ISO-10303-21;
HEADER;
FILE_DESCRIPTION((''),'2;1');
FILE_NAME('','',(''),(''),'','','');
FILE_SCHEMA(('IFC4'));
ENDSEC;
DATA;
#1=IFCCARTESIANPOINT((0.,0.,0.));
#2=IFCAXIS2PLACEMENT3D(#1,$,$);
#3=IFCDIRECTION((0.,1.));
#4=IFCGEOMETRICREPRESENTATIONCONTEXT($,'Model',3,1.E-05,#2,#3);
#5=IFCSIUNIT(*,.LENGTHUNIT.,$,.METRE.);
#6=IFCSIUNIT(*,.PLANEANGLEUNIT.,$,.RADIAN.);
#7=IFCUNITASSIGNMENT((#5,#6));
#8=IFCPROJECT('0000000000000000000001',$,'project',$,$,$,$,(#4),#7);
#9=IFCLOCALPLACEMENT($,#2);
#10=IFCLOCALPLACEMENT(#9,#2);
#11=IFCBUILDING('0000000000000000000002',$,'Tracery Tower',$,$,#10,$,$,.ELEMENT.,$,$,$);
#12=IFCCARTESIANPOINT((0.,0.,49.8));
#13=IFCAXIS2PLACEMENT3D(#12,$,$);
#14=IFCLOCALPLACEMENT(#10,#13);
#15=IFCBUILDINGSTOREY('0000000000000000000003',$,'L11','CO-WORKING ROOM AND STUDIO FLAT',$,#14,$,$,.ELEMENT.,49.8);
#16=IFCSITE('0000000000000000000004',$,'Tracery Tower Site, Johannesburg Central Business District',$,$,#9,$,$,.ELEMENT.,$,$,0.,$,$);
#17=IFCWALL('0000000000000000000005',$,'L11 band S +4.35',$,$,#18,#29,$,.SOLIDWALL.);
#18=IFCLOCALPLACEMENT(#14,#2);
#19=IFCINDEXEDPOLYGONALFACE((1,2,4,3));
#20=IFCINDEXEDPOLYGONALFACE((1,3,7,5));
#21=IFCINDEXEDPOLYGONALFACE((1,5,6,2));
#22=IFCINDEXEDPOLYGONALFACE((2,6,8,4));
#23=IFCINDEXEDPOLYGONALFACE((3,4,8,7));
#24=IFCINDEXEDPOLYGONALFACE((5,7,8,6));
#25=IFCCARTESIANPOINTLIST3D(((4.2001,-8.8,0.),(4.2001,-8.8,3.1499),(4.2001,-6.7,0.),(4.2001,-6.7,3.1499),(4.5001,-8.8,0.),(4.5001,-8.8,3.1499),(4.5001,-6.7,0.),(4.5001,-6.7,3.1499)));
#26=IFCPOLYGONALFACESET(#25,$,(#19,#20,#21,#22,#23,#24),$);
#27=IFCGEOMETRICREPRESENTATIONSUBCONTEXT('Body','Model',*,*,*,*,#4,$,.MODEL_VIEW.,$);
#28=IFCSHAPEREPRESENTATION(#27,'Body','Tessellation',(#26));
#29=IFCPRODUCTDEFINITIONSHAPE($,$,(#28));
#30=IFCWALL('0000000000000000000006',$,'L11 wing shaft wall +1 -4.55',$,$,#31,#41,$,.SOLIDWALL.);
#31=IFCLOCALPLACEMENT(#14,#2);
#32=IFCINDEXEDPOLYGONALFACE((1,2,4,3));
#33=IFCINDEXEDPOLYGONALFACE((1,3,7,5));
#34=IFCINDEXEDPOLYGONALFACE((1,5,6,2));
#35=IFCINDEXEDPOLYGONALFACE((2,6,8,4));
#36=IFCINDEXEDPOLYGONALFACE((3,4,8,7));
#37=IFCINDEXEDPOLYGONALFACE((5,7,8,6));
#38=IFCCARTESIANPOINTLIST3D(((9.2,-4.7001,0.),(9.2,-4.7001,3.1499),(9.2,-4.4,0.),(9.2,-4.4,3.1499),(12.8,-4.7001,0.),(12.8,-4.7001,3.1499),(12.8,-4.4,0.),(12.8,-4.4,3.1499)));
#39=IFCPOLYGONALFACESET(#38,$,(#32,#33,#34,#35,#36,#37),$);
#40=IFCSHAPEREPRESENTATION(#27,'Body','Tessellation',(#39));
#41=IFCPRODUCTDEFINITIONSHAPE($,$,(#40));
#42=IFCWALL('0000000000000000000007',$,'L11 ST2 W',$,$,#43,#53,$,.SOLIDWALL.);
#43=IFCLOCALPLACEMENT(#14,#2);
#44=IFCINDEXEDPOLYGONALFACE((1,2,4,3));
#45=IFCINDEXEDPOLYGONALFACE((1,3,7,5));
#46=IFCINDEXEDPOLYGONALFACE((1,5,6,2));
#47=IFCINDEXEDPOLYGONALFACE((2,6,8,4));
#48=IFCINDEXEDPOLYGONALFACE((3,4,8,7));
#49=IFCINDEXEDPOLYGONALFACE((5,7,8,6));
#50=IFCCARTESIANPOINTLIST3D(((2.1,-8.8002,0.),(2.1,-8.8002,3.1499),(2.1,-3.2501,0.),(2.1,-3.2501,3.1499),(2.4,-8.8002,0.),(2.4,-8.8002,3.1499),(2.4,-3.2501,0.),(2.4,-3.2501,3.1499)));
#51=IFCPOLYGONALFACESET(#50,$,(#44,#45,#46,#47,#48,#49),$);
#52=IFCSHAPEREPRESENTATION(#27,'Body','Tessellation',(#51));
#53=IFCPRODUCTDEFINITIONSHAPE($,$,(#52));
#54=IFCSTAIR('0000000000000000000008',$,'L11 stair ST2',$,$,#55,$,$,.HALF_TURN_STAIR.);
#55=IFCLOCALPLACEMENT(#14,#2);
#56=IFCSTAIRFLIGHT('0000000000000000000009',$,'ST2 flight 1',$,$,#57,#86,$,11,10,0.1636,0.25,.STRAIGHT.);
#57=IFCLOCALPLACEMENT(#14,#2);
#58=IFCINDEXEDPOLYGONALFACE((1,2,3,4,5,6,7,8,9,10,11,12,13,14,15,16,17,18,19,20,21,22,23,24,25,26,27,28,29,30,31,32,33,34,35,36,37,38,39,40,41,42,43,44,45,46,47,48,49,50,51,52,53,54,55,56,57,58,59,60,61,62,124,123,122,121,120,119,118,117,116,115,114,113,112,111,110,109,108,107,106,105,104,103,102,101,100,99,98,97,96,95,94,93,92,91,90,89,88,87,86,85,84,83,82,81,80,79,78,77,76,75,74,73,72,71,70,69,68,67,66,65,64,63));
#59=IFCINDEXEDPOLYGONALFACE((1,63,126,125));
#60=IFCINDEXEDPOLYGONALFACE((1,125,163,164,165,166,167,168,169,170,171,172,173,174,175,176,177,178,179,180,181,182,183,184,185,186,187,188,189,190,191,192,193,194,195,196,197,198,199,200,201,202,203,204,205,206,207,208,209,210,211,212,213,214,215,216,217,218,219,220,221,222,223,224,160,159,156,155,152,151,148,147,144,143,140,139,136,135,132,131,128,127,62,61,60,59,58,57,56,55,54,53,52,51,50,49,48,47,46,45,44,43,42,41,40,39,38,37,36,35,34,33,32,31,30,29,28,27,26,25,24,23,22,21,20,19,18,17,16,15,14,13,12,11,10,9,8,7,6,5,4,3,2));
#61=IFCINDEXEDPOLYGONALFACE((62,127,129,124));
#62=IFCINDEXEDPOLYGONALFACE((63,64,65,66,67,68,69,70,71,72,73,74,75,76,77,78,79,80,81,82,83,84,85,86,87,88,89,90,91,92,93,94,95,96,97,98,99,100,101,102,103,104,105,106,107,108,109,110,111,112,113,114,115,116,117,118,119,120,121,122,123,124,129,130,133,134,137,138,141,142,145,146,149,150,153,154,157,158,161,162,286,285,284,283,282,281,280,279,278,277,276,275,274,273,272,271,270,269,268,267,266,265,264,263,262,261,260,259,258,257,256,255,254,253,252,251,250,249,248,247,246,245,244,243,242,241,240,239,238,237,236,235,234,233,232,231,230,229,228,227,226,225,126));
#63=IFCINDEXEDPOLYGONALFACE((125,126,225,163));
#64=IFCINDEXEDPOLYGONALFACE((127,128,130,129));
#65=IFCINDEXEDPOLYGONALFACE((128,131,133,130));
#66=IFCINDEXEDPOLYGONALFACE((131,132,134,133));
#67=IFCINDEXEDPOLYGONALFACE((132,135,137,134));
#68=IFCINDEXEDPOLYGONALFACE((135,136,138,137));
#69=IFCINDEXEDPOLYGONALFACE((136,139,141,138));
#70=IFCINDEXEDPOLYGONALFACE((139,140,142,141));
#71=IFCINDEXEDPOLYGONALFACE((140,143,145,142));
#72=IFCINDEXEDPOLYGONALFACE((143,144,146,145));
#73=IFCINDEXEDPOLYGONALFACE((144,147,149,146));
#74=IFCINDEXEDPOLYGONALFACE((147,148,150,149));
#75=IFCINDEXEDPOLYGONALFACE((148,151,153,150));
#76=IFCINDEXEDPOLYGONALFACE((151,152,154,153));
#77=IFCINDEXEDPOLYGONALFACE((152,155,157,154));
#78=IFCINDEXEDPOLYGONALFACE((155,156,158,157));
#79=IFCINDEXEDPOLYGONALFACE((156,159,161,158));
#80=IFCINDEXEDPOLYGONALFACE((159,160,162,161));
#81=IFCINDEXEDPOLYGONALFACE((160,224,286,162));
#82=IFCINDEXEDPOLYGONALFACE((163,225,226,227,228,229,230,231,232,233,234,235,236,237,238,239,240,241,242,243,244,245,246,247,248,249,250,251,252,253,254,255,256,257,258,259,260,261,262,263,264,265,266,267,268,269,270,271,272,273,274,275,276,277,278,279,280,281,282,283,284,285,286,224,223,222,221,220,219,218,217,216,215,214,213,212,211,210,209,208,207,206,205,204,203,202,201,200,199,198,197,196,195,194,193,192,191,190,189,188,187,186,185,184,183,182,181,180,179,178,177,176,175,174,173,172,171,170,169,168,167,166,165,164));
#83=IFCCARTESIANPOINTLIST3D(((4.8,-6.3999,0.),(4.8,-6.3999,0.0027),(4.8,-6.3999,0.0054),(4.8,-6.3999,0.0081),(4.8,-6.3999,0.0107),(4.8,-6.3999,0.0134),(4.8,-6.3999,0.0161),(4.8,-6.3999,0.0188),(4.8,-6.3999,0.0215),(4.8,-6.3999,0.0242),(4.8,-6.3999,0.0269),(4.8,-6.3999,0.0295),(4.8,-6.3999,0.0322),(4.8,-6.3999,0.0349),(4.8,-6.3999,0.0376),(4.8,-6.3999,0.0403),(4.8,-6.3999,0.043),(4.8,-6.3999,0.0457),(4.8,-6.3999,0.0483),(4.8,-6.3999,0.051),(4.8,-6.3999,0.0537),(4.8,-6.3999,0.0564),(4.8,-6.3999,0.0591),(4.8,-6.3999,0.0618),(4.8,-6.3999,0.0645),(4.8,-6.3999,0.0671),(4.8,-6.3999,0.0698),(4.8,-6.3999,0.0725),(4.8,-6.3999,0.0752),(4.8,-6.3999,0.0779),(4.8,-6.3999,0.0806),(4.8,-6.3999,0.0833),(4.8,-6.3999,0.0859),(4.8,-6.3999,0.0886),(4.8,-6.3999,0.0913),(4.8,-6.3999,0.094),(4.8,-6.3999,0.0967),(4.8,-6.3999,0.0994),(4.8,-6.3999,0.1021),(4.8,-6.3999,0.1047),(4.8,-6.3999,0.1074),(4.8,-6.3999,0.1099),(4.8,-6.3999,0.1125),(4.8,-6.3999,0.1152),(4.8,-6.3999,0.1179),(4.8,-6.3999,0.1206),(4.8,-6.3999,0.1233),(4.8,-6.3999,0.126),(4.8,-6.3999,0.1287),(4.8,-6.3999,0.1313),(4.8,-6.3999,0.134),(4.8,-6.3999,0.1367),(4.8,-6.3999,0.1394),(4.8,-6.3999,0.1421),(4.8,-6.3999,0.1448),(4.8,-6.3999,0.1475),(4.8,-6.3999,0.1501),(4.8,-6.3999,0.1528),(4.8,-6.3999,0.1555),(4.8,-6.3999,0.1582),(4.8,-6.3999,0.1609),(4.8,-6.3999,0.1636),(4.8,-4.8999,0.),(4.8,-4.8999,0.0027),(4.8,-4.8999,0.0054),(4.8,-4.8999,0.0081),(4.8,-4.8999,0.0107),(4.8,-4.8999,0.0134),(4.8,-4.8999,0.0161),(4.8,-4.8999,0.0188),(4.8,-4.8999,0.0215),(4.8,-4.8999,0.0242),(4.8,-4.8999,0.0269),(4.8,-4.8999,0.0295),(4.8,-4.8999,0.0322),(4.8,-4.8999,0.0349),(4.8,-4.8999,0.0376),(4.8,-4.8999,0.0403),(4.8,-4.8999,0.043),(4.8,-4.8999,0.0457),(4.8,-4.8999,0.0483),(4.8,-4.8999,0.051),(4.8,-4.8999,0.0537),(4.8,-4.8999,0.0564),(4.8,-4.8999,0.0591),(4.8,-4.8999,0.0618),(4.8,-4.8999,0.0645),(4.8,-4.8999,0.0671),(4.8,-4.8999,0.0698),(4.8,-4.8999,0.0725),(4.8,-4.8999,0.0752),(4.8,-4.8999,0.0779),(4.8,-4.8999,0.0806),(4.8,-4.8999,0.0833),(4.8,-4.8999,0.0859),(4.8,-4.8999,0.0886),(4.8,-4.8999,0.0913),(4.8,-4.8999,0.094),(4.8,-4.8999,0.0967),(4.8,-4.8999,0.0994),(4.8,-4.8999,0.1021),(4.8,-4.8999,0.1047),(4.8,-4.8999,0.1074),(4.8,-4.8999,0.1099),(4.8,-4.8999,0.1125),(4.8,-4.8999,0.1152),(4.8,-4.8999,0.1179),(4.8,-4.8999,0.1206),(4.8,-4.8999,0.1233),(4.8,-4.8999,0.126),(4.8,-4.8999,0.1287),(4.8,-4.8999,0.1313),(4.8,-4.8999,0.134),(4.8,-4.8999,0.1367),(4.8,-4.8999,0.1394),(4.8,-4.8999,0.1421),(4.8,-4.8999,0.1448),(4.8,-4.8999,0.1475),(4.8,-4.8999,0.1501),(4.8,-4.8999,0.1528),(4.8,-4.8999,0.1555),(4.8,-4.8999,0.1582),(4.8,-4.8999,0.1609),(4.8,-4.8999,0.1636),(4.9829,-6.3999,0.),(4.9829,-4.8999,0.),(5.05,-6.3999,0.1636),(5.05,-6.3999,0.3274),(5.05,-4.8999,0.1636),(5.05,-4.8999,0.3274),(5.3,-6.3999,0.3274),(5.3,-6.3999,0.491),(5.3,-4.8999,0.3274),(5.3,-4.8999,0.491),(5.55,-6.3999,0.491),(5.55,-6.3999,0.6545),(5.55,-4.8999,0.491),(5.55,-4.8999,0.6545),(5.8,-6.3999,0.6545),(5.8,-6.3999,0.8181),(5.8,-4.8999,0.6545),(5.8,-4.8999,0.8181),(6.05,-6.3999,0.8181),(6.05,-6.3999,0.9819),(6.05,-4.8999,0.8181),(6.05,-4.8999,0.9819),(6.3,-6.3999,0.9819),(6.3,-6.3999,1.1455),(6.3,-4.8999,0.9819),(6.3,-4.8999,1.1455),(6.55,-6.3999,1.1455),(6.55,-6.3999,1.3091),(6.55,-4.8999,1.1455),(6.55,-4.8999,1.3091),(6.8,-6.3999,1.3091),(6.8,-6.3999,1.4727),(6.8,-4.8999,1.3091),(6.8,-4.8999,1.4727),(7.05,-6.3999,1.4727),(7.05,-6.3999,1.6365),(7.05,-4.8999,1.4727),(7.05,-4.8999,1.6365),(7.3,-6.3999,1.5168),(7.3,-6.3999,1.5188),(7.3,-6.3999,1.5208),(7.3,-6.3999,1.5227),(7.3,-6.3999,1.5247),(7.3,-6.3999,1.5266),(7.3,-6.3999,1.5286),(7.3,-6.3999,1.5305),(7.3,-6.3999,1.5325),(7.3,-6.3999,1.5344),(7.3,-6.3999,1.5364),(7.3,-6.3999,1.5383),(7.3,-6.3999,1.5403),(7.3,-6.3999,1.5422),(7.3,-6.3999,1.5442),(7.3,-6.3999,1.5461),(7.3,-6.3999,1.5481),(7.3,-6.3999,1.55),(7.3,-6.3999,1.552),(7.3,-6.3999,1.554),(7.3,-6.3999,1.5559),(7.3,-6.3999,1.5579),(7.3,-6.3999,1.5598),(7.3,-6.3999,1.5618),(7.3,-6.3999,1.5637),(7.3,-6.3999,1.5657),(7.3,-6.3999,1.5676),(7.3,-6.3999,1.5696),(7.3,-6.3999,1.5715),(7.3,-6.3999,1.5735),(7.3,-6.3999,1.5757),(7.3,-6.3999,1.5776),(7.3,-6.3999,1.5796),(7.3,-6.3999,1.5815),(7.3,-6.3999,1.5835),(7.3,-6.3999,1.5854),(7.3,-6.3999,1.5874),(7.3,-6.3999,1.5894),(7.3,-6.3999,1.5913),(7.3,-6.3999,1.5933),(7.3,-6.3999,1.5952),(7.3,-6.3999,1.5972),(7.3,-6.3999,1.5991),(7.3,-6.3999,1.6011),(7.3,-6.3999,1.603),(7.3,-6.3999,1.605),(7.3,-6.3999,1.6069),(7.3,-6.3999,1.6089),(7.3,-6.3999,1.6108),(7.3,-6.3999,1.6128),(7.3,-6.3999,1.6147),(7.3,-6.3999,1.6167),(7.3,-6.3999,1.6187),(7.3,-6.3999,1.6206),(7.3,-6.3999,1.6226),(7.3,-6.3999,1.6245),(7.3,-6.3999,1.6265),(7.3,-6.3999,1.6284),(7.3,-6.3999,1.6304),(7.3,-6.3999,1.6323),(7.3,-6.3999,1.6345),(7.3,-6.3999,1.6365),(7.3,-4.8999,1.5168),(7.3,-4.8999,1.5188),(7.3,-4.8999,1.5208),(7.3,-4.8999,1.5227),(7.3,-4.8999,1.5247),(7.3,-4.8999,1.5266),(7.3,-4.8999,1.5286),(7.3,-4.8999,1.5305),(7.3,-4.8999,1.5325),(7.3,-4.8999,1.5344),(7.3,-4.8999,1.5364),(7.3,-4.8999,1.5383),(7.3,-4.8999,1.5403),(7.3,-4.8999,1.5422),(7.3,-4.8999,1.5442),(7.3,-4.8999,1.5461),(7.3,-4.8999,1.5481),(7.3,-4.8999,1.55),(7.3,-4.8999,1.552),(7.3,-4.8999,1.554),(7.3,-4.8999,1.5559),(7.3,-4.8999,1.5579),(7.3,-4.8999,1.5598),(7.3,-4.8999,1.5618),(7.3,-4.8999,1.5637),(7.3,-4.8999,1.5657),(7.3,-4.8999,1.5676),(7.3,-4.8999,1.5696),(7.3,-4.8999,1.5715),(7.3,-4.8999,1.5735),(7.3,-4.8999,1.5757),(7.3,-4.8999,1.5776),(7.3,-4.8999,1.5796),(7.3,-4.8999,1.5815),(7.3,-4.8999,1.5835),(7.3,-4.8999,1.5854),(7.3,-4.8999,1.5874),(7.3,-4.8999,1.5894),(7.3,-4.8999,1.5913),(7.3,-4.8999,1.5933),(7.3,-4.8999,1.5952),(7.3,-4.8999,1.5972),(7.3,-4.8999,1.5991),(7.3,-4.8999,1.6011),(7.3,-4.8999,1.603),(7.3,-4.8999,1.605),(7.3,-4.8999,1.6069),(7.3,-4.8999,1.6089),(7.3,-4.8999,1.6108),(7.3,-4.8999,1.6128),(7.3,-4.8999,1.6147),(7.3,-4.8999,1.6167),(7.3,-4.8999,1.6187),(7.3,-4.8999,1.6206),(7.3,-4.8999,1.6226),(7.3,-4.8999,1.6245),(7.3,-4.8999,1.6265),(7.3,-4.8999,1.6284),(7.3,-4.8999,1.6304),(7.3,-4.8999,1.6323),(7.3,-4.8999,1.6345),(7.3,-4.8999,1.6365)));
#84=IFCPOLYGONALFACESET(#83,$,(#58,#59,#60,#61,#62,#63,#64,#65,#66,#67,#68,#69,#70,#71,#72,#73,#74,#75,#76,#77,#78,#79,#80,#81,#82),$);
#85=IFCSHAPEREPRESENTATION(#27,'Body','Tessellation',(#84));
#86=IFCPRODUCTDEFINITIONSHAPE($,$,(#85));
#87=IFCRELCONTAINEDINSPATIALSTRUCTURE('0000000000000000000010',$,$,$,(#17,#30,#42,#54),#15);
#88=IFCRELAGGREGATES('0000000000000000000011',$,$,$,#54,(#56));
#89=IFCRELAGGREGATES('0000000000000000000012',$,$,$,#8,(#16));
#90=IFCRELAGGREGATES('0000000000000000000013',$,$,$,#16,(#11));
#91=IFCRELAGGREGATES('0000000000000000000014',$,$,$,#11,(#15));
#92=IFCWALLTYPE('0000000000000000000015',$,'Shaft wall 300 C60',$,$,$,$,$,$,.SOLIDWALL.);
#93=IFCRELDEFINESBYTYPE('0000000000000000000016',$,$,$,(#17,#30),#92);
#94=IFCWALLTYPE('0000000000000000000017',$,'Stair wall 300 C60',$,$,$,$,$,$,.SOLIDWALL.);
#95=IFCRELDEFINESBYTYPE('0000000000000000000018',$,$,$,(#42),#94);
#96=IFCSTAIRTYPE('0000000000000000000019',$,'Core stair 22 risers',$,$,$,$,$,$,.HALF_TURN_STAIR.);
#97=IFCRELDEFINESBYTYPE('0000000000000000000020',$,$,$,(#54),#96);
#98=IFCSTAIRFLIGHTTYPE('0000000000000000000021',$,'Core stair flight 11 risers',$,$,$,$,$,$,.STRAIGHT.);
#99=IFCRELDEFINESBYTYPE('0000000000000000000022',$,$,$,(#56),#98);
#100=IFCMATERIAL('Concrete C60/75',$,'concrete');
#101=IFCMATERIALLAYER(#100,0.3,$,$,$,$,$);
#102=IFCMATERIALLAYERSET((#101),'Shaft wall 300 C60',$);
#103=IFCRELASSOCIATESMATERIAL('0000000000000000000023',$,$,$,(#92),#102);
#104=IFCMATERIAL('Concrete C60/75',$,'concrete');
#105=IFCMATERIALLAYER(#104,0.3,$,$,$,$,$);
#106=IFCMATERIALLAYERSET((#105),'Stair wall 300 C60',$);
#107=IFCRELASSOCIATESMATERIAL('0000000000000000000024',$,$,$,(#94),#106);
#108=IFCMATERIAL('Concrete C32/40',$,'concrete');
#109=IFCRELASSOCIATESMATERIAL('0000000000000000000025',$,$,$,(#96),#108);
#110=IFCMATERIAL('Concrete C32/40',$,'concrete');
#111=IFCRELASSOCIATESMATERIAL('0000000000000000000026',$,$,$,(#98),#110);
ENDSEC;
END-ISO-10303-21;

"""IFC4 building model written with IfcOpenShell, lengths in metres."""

from ifc_helpers import new_model, si_unit, direction, frame, frame_2d, origin, place, context, subcontext, project, spatial, polyline, rectangle, outline, extrude, material, layer, layer_set, type_object, element, aggregate, save


model = new_model("IFC4")

# Units and contexts
model_context = context("Model", 3, precision=1e-05, world=origin(), true_north=direction((0.0, 1.0)))
body_context = subcontext(model_context, "Body", "Model", "MODEL_VIEW")
ifc_project = project(units=[si_unit("LENGTHUNIT", "METRE"), si_unit("PLANEANGLEUNIT", "RADIAN")], contexts=[model_context])

# Site, building, storey
site_placement = place(None, origin())
site = spatial("IfcSite", under=ifc_project, at=site_placement, Name="Tracery Tower Site, Johannesburg Central Business District", CompositionType="ELEMENT", RefElevation=0.0)
building_placement = place(site_placement, origin())
building = spatial("IfcBuilding", under=site, at=building_placement, Name="Tracery Tower", CompositionType="ELEMENT")
storey_placement = place(building_placement, frame((0.0, 0.0, 49.8)))
storey = spatial("IfcBuildingStorey", under=building, at=storey_placement, Name="L11", Description="CO-WORKING ROOM AND STUDIO FLAT", CompositionType="ELEMENT", Elevation=49.8)

# Walls
ifc_material_1 = material(Name="Concrete C60/75", Category="concrete")
ifc_layer_1 = layer(ifc_material_1, 0.3)
ifc_layer_set_1 = layer_set([ifc_layer_1], Name="Shaft wall 300 C60")
wall_type_1 = type_object("IfcWallType", Name="Shaft wall 300 C60", PredefinedType="SOLIDWALL", material=ifc_layer_set_1)
wall_1_placement = place(storey_placement, frame((4.3501, -8.8, 0.0), z_axis=(0.0, 0.0, 1.0), x_axis=(0.0, 1.0, 0.0)))
element("IfcWall", 1, at=wall_1_placement, inside=storey, type_object=wall_type_1, Name="L11 band S +4.35", PredefinedType="SOLIDWALL", context=body_context, shape_type="SweptSolid", body=[
    extrude(rectangle(XDim=2.1001, YDim=0.3, at=frame_2d((1.05, 0.0))), origin(), (0.0, 0.0, 1.0), 3.1499),
])
wall_2_placement = place(storey_placement, frame((9.2, -4.55, 0.0), z_axis=(0.0, 0.0, 1.0), x_axis=(1.0, 0.0, 0.0)))
element("IfcWall", 2, at=wall_2_placement, inside=storey, type_object=wall_type_1, Name="L11 wing shaft wall +1 -4.55", PredefinedType="SOLIDWALL", context=body_context, shape_type="SweptSolid", body=[
    extrude(rectangle(XDim=3.6001, YDim=0.3, at=frame_2d((1.8, 0.0))), origin(), (0.0, 0.0, 1.0), 3.1499),
])

# Shared definitions
ifc_material_2 = material(Name="Concrete C60/75", Category="concrete")
ifc_layer_2 = layer(ifc_material_2, 0.3)
ifc_layer_set_2 = layer_set([ifc_layer_2], Name="Stair wall 300 C60")
wall_type_2 = type_object("IfcWallType", Name="Stair wall 300 C60", PredefinedType="SOLIDWALL", material=ifc_layer_set_2)

# Wall
wall_3_placement = place(storey_placement, frame((2.25, -8.8, 0.0), z_axis=(0.0, 0.0, 1.0), x_axis=(0.0, 1.0, 0.0)))
element("IfcWall", 3, at=wall_3_placement, inside=storey, type_object=wall_type_2, Name="L11 ST2 W", PredefinedType="SOLIDWALL", context=body_context, shape_type="SweptSolid", body=[
    extrude(rectangle(XDim=5.55, YDim=0.3, at=frame_2d((2.7749, 0.0))), origin(), (0.0, 0.0, 1.0), 3.1499),
])

# Stair, stair flight
ifc_material_3 = material(Name="Concrete C32/40", Category="concrete")
stair_type = type_object("IfcStairType", Name="Core stair 22 risers", PredefinedType="HALF_TURN_STAIR", material=ifc_material_3)
stair_placement = place(storey_placement, origin())
stair = element("IfcStair", 4, at=stair_placement, inside=storey, type_object=stair_type, Name="L11 stair ST2", PredefinedType="HALF_TURN_STAIR")
ifc_material_4 = material(Name="Concrete C32/40", Category="concrete")
stair_flight_type = type_object("IfcStairFlightType", Name="Core stair flight 11 risers", PredefinedType="STRAIGHT", material=ifc_material_4)
stair_flight_1_placement = place(storey_placement, frame((4.8, -5.6499, 0.0), z_axis=(0.0, 0.0, 1.0), x_axis=(1.0, 0.0, 0.0)))
stair_flight_1 = element("IfcStairFlight", 5, at=stair_flight_1_placement, type_object=stair_flight_type, Name="ST2 flight 1", NumberOfRisers=11, NumberOfTreads=10, PredefinedType="STRAIGHT", RiserHeight=0.1636, TreadLength=0.25, context=body_context, shape_type="SweptSolid", body=[
    extrude(outline(polyline([(0.0, 0.0), (0.0, 0.0027), (0.0, 0.0054), (0.0, 0.0081), (0.0, 0.0107), (0.0, 0.0134), (0.0, 0.0161), (0.0, 0.0188), (0.0, 0.0215), (0.0, 0.0242), (0.0, 0.0269), (0.0, 0.0295), (0.0, 0.0322), (0.0, 0.0349), (0.0, 0.0376), (0.0, 0.0403), (0.0, 0.043), (0.0, 0.0457), (0.0, 0.0483), (0.0, 0.051), (0.0, 0.0537), (0.0, 0.0564), (0.0, 0.0591), (0.0, 0.0618), (0.0, 0.0645), (0.0, 0.0671), (0.0, 0.0698), (0.0, 0.0725), (0.0, 0.0752), (0.0, 0.0779), (0.0, 0.0806), (0.0, 0.0833), (0.0, 0.0859), (0.0, 0.0886), (0.0, 0.0913), (0.0, 0.094), (0.0, 0.0967), (0.0, 0.0994), (0.0, 0.1021), (0.0, 0.1047), (0.0, 0.1074), (0.0, 0.1099), (0.0, 0.1125), (0.0, 0.1152), (0.0, 0.1179), (0.0, 0.1206), (0.0, 0.1233), (0.0, 0.126), (0.0, 0.1287), (0.0, 0.1313), (0.0, 0.134), (0.0, 0.1367), (0.0, 0.1394), (0.0, 0.1421), (0.0, 0.1448), (0.0, 0.1475), (0.0, 0.1501), (0.0, 0.1528), (0.0, 0.1555), (0.0, 0.1582), (0.0, 0.1609), (0.0, 0.1636), (0.25, 0.1636), (0.25, 0.3274), (0.5, 0.3274), (0.5, 0.491), (0.75, 0.491), (0.75, 0.6545), (1.0, 0.6545), (1.0, 0.8181), (1.25, 0.8181), (1.25, 0.9819), (1.5, 0.9819), (1.5, 1.1455), (1.75, 1.1455), (1.75, 1.3091), (2.0, 1.3091), (2.0, 1.4727), (2.25, 1.4727), (2.25, 1.6365), (2.5, 1.6365), (2.5, 1.6345), (2.5, 1.6323), (2.5, 1.6304), (2.5, 1.6284), (2.5, 1.6265), (2.5, 1.6245), (2.5, 1.6226), (2.5, 1.6206), (2.5, 1.6187), (2.5, 1.6167), (2.5, 1.6147), (2.5, 1.6128), (2.5, 1.6108), (2.5, 1.6089), (2.5, 1.6069), (2.5, 1.605), (2.5, 1.603), (2.5, 1.6011), (2.5, 1.5991), (2.5, 1.5972), (2.5, 1.5952), (2.5, 1.5933), (2.5, 1.5913), (2.5, 1.5894), (2.5, 1.5874), (2.5, 1.5854), (2.5, 1.5835), (2.5, 1.5815), (2.5, 1.5796), (2.5, 1.5776), (2.5, 1.5757), (2.5, 1.5735), (2.5, 1.5715), (2.5, 1.5696), (2.5, 1.5676), (2.5, 1.5657), (2.5, 1.5637), (2.5, 1.5618), (2.5, 1.5598), (2.5, 1.5579), (2.5, 1.5559), (2.5, 1.554), (2.5, 1.552), (2.5, 1.55), (2.5, 1.5481), (2.5, 1.5461), (2.5, 1.5442), (2.5, 1.5422), (2.5, 1.5403), (2.5, 1.5383), (2.5, 1.5364), (2.5, 1.5344), (2.5, 1.5325), (2.5, 1.5305), (2.5, 1.5286), (2.5, 1.5266), (2.5, 1.5247), (2.5, 1.5227), (2.5, 1.5208), (2.5, 1.5188), (2.5, 1.5168), (0.1829, 0.0), (0.0, 0.0)])), frame((0.0, 0.75, 0.0), z_axis=(0.0, -1.0, 0.0), x_axis=(1.0, 0.0, 0.0)), (0.0, 0.0, 1.0), 1.5),
])
aggregate(stair, [stair_flight_1])

save(model, "model.ifc")
